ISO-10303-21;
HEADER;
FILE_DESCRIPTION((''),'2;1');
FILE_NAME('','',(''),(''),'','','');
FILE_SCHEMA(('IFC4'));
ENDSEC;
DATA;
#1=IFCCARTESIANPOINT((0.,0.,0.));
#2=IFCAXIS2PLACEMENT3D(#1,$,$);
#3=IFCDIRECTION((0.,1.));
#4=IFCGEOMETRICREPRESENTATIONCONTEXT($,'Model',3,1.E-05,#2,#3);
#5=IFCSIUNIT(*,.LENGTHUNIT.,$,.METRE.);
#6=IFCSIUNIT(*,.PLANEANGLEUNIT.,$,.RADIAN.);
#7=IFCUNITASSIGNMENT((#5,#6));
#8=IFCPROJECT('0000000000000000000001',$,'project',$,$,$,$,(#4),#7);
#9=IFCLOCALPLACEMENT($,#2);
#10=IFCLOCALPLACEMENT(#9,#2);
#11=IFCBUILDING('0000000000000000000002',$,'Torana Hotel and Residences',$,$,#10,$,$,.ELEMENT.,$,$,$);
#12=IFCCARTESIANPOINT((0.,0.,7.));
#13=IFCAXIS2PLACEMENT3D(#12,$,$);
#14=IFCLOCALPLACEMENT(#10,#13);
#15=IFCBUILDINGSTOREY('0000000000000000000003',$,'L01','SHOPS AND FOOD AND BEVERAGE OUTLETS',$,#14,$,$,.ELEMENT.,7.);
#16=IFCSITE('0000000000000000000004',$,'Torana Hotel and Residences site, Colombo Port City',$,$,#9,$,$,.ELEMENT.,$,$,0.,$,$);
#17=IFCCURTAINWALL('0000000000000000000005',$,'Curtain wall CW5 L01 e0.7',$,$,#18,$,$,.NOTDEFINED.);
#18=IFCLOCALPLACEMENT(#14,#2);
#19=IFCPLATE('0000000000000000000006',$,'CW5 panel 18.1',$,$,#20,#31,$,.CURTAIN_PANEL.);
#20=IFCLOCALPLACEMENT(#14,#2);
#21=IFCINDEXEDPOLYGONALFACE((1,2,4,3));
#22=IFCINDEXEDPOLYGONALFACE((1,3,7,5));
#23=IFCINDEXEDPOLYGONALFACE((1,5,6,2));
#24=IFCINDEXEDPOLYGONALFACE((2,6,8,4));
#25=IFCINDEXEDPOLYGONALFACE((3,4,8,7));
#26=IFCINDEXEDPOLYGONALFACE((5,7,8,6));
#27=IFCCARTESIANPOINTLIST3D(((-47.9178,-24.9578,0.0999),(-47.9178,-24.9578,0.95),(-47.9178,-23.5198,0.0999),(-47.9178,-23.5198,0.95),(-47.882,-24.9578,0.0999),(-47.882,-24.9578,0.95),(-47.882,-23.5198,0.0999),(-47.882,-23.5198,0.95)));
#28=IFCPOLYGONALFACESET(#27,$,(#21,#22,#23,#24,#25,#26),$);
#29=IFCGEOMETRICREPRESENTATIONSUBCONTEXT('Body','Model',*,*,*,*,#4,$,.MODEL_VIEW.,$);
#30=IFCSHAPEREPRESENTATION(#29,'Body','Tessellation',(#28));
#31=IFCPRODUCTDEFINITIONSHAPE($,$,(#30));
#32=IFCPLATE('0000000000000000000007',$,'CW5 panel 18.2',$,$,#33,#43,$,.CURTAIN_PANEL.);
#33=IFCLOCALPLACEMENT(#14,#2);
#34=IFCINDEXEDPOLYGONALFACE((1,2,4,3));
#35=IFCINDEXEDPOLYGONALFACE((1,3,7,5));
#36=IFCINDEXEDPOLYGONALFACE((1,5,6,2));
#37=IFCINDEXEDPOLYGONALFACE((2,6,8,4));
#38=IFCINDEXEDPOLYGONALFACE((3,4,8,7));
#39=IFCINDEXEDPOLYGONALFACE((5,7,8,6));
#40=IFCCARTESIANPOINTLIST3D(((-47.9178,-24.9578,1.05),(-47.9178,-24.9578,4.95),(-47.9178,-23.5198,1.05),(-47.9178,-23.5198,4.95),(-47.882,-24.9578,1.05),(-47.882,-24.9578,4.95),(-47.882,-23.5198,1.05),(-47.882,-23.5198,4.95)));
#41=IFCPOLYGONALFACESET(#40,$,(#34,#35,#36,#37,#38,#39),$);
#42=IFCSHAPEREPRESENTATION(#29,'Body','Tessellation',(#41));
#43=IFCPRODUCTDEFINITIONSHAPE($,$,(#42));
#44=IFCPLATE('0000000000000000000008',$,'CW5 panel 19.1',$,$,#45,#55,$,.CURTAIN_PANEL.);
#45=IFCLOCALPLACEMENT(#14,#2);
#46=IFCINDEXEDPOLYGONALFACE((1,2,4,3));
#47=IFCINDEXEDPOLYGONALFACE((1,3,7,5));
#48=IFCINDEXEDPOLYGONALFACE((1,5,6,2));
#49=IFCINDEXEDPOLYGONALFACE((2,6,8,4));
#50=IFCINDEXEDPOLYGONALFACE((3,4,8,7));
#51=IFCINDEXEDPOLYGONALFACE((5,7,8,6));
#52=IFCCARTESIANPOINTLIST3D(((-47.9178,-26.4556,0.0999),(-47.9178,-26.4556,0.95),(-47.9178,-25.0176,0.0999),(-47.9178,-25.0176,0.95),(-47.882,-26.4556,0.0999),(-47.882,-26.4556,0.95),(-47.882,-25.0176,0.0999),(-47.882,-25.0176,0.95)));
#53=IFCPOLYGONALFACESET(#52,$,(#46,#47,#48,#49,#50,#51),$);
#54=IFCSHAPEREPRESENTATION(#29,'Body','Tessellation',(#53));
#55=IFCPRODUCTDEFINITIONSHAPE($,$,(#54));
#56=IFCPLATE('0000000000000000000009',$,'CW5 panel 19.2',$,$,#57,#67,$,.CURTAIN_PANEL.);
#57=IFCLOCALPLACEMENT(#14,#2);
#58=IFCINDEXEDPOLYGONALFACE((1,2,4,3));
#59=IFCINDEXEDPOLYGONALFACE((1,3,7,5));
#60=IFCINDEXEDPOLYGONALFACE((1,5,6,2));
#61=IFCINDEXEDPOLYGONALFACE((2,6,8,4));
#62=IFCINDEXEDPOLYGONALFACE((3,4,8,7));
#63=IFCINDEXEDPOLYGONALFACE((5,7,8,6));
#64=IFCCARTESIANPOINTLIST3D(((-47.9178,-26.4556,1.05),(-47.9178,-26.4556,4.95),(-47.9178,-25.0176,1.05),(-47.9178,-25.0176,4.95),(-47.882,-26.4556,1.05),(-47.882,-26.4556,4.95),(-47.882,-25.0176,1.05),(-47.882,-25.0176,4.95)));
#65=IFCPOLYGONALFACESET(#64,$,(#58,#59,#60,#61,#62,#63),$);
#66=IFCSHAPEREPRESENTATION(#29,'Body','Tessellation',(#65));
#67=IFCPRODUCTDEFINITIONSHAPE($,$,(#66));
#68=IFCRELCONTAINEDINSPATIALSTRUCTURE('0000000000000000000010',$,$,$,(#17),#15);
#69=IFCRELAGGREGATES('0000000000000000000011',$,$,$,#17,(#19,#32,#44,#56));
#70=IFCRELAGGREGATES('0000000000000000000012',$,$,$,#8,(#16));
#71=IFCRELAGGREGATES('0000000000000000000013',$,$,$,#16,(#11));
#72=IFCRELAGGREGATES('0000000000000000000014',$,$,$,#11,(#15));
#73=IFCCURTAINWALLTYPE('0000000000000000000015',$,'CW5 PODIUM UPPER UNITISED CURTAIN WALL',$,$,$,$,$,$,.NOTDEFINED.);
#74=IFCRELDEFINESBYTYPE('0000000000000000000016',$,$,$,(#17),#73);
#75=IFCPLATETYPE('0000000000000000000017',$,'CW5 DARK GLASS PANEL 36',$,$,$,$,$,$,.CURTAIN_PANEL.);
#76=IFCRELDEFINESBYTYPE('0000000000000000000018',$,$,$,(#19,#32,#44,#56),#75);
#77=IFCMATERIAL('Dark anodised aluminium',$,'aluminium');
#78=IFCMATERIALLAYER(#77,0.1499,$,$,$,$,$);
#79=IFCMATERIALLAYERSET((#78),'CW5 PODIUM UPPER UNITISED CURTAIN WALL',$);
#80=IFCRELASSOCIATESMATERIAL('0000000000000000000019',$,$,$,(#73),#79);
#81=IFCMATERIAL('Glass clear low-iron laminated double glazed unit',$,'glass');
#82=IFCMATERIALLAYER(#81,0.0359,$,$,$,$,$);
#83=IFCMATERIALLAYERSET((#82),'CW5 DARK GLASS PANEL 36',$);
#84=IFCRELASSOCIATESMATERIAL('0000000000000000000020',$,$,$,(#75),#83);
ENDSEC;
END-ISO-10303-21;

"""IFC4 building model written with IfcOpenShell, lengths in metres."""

from ifc_helpers import new_model, si_unit, direction, frame, origin, origin_2d, place, context, subcontext, project, spatial, rectangle, extrude, material, layer, layer_set, type_object, element, aggregate, save


model = new_model("IFC4")

# Units and contexts
model_context = context("Model", 3, precision=1e-05, world=origin(), true_north=direction((0.0, 1.0)))
body_context = subcontext(model_context, "Body", "Model", "MODEL_VIEW")
ifc_project = project(units=[si_unit("LENGTHUNIT", "METRE"), si_unit("PLANEANGLEUNIT", "RADIAN")], contexts=[model_context])

# Site, building, storey
site_placement = place(None, origin())
site = spatial("IfcSite", under=ifc_project, at=site_placement, Name="Torana Hotel and Residences site, Colombo Port City", CompositionType="ELEMENT", RefElevation=0.0)
building_placement = place(site_placement, origin())
building = spatial("IfcBuilding", under=site, at=building_placement, Name="Torana Hotel and Residences", CompositionType="ELEMENT")
storey_placement = place(building_placement, frame((0.0, 0.0, 7.0)))
storey = spatial("IfcBuildingStorey", under=building, at=storey_placement, Name="L01", Description="SHOPS AND FOOD AND BEVERAGE OUTLETS", CompositionType="ELEMENT", Elevation=7.0)

# Curtain wall, plates
ifc_material_1 = material(Name="Dark anodised aluminium", Category="aluminium")
ifc_layer_1 = layer(ifc_material_1, 0.1499)
ifc_layer_set_1 = layer_set([ifc_layer_1], Name="CW5 PODIUM UPPER UNITISED CURTAIN WALL")
curtain_wall_type = type_object("IfcCurtainWallType", Name="CW5 PODIUM UPPER UNITISED CURTAIN WALL", PredefinedType="NOTDEFINED", material=ifc_layer_set_1)
curtain_wall_placement = place(storey_placement, origin())
curtain_wall = element("IfcCurtainWall", 1, at=curtain_wall_placement, inside=storey, type_object=curtain_wall_type, Name="Curtain wall CW5 L01 e0.7", PredefinedType="NOTDEFINED")
ifc_material_2 = material(Name="Glass clear low-iron laminated double glazed unit", Category="glass")
ifc_layer_2 = layer(ifc_material_2, 0.0359)
ifc_layer_set_2 = layer_set([ifc_layer_2], Name="CW5 DARK GLASS PANEL 36")
plate_type = type_object("IfcPlateType", Name="CW5 DARK GLASS PANEL 36", PredefinedType="CURTAIN_PANEL", material=ifc_layer_set_2)
plate_1_placement = place(storey_placement, frame((-47.8999, -24.2388, 0.0999), z_axis=(0.0, 0.0, 1.0), x_axis=(0.0, -1.0, 0.0)))
plate_1 = element("IfcPlate", 2, at=plate_1_placement, type_object=plate_type, Name="CW5 panel 18.1", PredefinedType="CURTAIN_PANEL", context=body_context, shape_type="SweptSolid", body=[
    extrude(rectangle(XDim=1.438, YDim=0.0359, at=origin_2d()), origin(), (0.0, 0.0, 1.0), 0.8501),
])
plate_2_placement = place(storey_placement, frame((-47.8999, -24.2388, 1.05), z_axis=(0.0, 0.0, 1.0), x_axis=(0.0, -1.0, 0.0)))
plate_2 = element("IfcPlate", 3, at=plate_2_placement, type_object=plate_type, Name="CW5 panel 18.2", PredefinedType="CURTAIN_PANEL", context=body_context, shape_type="SweptSolid", body=[
    extrude(rectangle(XDim=1.438, YDim=0.0359, at=origin_2d()), origin(), (0.0, 0.0, 1.0), 3.8999),
])
plate_3_placement = place(storey_placement, frame((-47.8999, -25.7366, 0.0999), z_axis=(0.0, 0.0, 1.0), x_axis=(0.0, -1.0, 0.0)))
plate_3 = element("IfcPlate", 4, at=plate_3_placement, type_object=plate_type, Name="CW5 panel 19.1", PredefinedType="CURTAIN_PANEL", context=body_context, shape_type="SweptSolid", body=[
    extrude(rectangle(XDim=1.438, YDim=0.0359, at=origin_2d()), origin(), (0.0, 0.0, 1.0), 0.8501),
])
plate_4_placement = place(storey_placement, frame((-47.8999, -25.7366, 1.05), z_axis=(0.0, 0.0, 1.0), x_axis=(0.0, -1.0, 0.0)))
plate_4 = element("IfcPlate", 5, at=plate_4_placement, type_object=plate_type, Name="CW5 panel 19.2", PredefinedType="CURTAIN_PANEL", context=body_context, shape_type="SweptSolid", body=[
    extrude(rectangle(XDim=1.438, YDim=0.0359, at=origin_2d()), origin(), (0.0, 0.0, 1.0), 3.8999),
])
aggregate(curtain_wall, [plate_1, plate_2, plate_3, plate_4])

save(model, "model.ifc")
